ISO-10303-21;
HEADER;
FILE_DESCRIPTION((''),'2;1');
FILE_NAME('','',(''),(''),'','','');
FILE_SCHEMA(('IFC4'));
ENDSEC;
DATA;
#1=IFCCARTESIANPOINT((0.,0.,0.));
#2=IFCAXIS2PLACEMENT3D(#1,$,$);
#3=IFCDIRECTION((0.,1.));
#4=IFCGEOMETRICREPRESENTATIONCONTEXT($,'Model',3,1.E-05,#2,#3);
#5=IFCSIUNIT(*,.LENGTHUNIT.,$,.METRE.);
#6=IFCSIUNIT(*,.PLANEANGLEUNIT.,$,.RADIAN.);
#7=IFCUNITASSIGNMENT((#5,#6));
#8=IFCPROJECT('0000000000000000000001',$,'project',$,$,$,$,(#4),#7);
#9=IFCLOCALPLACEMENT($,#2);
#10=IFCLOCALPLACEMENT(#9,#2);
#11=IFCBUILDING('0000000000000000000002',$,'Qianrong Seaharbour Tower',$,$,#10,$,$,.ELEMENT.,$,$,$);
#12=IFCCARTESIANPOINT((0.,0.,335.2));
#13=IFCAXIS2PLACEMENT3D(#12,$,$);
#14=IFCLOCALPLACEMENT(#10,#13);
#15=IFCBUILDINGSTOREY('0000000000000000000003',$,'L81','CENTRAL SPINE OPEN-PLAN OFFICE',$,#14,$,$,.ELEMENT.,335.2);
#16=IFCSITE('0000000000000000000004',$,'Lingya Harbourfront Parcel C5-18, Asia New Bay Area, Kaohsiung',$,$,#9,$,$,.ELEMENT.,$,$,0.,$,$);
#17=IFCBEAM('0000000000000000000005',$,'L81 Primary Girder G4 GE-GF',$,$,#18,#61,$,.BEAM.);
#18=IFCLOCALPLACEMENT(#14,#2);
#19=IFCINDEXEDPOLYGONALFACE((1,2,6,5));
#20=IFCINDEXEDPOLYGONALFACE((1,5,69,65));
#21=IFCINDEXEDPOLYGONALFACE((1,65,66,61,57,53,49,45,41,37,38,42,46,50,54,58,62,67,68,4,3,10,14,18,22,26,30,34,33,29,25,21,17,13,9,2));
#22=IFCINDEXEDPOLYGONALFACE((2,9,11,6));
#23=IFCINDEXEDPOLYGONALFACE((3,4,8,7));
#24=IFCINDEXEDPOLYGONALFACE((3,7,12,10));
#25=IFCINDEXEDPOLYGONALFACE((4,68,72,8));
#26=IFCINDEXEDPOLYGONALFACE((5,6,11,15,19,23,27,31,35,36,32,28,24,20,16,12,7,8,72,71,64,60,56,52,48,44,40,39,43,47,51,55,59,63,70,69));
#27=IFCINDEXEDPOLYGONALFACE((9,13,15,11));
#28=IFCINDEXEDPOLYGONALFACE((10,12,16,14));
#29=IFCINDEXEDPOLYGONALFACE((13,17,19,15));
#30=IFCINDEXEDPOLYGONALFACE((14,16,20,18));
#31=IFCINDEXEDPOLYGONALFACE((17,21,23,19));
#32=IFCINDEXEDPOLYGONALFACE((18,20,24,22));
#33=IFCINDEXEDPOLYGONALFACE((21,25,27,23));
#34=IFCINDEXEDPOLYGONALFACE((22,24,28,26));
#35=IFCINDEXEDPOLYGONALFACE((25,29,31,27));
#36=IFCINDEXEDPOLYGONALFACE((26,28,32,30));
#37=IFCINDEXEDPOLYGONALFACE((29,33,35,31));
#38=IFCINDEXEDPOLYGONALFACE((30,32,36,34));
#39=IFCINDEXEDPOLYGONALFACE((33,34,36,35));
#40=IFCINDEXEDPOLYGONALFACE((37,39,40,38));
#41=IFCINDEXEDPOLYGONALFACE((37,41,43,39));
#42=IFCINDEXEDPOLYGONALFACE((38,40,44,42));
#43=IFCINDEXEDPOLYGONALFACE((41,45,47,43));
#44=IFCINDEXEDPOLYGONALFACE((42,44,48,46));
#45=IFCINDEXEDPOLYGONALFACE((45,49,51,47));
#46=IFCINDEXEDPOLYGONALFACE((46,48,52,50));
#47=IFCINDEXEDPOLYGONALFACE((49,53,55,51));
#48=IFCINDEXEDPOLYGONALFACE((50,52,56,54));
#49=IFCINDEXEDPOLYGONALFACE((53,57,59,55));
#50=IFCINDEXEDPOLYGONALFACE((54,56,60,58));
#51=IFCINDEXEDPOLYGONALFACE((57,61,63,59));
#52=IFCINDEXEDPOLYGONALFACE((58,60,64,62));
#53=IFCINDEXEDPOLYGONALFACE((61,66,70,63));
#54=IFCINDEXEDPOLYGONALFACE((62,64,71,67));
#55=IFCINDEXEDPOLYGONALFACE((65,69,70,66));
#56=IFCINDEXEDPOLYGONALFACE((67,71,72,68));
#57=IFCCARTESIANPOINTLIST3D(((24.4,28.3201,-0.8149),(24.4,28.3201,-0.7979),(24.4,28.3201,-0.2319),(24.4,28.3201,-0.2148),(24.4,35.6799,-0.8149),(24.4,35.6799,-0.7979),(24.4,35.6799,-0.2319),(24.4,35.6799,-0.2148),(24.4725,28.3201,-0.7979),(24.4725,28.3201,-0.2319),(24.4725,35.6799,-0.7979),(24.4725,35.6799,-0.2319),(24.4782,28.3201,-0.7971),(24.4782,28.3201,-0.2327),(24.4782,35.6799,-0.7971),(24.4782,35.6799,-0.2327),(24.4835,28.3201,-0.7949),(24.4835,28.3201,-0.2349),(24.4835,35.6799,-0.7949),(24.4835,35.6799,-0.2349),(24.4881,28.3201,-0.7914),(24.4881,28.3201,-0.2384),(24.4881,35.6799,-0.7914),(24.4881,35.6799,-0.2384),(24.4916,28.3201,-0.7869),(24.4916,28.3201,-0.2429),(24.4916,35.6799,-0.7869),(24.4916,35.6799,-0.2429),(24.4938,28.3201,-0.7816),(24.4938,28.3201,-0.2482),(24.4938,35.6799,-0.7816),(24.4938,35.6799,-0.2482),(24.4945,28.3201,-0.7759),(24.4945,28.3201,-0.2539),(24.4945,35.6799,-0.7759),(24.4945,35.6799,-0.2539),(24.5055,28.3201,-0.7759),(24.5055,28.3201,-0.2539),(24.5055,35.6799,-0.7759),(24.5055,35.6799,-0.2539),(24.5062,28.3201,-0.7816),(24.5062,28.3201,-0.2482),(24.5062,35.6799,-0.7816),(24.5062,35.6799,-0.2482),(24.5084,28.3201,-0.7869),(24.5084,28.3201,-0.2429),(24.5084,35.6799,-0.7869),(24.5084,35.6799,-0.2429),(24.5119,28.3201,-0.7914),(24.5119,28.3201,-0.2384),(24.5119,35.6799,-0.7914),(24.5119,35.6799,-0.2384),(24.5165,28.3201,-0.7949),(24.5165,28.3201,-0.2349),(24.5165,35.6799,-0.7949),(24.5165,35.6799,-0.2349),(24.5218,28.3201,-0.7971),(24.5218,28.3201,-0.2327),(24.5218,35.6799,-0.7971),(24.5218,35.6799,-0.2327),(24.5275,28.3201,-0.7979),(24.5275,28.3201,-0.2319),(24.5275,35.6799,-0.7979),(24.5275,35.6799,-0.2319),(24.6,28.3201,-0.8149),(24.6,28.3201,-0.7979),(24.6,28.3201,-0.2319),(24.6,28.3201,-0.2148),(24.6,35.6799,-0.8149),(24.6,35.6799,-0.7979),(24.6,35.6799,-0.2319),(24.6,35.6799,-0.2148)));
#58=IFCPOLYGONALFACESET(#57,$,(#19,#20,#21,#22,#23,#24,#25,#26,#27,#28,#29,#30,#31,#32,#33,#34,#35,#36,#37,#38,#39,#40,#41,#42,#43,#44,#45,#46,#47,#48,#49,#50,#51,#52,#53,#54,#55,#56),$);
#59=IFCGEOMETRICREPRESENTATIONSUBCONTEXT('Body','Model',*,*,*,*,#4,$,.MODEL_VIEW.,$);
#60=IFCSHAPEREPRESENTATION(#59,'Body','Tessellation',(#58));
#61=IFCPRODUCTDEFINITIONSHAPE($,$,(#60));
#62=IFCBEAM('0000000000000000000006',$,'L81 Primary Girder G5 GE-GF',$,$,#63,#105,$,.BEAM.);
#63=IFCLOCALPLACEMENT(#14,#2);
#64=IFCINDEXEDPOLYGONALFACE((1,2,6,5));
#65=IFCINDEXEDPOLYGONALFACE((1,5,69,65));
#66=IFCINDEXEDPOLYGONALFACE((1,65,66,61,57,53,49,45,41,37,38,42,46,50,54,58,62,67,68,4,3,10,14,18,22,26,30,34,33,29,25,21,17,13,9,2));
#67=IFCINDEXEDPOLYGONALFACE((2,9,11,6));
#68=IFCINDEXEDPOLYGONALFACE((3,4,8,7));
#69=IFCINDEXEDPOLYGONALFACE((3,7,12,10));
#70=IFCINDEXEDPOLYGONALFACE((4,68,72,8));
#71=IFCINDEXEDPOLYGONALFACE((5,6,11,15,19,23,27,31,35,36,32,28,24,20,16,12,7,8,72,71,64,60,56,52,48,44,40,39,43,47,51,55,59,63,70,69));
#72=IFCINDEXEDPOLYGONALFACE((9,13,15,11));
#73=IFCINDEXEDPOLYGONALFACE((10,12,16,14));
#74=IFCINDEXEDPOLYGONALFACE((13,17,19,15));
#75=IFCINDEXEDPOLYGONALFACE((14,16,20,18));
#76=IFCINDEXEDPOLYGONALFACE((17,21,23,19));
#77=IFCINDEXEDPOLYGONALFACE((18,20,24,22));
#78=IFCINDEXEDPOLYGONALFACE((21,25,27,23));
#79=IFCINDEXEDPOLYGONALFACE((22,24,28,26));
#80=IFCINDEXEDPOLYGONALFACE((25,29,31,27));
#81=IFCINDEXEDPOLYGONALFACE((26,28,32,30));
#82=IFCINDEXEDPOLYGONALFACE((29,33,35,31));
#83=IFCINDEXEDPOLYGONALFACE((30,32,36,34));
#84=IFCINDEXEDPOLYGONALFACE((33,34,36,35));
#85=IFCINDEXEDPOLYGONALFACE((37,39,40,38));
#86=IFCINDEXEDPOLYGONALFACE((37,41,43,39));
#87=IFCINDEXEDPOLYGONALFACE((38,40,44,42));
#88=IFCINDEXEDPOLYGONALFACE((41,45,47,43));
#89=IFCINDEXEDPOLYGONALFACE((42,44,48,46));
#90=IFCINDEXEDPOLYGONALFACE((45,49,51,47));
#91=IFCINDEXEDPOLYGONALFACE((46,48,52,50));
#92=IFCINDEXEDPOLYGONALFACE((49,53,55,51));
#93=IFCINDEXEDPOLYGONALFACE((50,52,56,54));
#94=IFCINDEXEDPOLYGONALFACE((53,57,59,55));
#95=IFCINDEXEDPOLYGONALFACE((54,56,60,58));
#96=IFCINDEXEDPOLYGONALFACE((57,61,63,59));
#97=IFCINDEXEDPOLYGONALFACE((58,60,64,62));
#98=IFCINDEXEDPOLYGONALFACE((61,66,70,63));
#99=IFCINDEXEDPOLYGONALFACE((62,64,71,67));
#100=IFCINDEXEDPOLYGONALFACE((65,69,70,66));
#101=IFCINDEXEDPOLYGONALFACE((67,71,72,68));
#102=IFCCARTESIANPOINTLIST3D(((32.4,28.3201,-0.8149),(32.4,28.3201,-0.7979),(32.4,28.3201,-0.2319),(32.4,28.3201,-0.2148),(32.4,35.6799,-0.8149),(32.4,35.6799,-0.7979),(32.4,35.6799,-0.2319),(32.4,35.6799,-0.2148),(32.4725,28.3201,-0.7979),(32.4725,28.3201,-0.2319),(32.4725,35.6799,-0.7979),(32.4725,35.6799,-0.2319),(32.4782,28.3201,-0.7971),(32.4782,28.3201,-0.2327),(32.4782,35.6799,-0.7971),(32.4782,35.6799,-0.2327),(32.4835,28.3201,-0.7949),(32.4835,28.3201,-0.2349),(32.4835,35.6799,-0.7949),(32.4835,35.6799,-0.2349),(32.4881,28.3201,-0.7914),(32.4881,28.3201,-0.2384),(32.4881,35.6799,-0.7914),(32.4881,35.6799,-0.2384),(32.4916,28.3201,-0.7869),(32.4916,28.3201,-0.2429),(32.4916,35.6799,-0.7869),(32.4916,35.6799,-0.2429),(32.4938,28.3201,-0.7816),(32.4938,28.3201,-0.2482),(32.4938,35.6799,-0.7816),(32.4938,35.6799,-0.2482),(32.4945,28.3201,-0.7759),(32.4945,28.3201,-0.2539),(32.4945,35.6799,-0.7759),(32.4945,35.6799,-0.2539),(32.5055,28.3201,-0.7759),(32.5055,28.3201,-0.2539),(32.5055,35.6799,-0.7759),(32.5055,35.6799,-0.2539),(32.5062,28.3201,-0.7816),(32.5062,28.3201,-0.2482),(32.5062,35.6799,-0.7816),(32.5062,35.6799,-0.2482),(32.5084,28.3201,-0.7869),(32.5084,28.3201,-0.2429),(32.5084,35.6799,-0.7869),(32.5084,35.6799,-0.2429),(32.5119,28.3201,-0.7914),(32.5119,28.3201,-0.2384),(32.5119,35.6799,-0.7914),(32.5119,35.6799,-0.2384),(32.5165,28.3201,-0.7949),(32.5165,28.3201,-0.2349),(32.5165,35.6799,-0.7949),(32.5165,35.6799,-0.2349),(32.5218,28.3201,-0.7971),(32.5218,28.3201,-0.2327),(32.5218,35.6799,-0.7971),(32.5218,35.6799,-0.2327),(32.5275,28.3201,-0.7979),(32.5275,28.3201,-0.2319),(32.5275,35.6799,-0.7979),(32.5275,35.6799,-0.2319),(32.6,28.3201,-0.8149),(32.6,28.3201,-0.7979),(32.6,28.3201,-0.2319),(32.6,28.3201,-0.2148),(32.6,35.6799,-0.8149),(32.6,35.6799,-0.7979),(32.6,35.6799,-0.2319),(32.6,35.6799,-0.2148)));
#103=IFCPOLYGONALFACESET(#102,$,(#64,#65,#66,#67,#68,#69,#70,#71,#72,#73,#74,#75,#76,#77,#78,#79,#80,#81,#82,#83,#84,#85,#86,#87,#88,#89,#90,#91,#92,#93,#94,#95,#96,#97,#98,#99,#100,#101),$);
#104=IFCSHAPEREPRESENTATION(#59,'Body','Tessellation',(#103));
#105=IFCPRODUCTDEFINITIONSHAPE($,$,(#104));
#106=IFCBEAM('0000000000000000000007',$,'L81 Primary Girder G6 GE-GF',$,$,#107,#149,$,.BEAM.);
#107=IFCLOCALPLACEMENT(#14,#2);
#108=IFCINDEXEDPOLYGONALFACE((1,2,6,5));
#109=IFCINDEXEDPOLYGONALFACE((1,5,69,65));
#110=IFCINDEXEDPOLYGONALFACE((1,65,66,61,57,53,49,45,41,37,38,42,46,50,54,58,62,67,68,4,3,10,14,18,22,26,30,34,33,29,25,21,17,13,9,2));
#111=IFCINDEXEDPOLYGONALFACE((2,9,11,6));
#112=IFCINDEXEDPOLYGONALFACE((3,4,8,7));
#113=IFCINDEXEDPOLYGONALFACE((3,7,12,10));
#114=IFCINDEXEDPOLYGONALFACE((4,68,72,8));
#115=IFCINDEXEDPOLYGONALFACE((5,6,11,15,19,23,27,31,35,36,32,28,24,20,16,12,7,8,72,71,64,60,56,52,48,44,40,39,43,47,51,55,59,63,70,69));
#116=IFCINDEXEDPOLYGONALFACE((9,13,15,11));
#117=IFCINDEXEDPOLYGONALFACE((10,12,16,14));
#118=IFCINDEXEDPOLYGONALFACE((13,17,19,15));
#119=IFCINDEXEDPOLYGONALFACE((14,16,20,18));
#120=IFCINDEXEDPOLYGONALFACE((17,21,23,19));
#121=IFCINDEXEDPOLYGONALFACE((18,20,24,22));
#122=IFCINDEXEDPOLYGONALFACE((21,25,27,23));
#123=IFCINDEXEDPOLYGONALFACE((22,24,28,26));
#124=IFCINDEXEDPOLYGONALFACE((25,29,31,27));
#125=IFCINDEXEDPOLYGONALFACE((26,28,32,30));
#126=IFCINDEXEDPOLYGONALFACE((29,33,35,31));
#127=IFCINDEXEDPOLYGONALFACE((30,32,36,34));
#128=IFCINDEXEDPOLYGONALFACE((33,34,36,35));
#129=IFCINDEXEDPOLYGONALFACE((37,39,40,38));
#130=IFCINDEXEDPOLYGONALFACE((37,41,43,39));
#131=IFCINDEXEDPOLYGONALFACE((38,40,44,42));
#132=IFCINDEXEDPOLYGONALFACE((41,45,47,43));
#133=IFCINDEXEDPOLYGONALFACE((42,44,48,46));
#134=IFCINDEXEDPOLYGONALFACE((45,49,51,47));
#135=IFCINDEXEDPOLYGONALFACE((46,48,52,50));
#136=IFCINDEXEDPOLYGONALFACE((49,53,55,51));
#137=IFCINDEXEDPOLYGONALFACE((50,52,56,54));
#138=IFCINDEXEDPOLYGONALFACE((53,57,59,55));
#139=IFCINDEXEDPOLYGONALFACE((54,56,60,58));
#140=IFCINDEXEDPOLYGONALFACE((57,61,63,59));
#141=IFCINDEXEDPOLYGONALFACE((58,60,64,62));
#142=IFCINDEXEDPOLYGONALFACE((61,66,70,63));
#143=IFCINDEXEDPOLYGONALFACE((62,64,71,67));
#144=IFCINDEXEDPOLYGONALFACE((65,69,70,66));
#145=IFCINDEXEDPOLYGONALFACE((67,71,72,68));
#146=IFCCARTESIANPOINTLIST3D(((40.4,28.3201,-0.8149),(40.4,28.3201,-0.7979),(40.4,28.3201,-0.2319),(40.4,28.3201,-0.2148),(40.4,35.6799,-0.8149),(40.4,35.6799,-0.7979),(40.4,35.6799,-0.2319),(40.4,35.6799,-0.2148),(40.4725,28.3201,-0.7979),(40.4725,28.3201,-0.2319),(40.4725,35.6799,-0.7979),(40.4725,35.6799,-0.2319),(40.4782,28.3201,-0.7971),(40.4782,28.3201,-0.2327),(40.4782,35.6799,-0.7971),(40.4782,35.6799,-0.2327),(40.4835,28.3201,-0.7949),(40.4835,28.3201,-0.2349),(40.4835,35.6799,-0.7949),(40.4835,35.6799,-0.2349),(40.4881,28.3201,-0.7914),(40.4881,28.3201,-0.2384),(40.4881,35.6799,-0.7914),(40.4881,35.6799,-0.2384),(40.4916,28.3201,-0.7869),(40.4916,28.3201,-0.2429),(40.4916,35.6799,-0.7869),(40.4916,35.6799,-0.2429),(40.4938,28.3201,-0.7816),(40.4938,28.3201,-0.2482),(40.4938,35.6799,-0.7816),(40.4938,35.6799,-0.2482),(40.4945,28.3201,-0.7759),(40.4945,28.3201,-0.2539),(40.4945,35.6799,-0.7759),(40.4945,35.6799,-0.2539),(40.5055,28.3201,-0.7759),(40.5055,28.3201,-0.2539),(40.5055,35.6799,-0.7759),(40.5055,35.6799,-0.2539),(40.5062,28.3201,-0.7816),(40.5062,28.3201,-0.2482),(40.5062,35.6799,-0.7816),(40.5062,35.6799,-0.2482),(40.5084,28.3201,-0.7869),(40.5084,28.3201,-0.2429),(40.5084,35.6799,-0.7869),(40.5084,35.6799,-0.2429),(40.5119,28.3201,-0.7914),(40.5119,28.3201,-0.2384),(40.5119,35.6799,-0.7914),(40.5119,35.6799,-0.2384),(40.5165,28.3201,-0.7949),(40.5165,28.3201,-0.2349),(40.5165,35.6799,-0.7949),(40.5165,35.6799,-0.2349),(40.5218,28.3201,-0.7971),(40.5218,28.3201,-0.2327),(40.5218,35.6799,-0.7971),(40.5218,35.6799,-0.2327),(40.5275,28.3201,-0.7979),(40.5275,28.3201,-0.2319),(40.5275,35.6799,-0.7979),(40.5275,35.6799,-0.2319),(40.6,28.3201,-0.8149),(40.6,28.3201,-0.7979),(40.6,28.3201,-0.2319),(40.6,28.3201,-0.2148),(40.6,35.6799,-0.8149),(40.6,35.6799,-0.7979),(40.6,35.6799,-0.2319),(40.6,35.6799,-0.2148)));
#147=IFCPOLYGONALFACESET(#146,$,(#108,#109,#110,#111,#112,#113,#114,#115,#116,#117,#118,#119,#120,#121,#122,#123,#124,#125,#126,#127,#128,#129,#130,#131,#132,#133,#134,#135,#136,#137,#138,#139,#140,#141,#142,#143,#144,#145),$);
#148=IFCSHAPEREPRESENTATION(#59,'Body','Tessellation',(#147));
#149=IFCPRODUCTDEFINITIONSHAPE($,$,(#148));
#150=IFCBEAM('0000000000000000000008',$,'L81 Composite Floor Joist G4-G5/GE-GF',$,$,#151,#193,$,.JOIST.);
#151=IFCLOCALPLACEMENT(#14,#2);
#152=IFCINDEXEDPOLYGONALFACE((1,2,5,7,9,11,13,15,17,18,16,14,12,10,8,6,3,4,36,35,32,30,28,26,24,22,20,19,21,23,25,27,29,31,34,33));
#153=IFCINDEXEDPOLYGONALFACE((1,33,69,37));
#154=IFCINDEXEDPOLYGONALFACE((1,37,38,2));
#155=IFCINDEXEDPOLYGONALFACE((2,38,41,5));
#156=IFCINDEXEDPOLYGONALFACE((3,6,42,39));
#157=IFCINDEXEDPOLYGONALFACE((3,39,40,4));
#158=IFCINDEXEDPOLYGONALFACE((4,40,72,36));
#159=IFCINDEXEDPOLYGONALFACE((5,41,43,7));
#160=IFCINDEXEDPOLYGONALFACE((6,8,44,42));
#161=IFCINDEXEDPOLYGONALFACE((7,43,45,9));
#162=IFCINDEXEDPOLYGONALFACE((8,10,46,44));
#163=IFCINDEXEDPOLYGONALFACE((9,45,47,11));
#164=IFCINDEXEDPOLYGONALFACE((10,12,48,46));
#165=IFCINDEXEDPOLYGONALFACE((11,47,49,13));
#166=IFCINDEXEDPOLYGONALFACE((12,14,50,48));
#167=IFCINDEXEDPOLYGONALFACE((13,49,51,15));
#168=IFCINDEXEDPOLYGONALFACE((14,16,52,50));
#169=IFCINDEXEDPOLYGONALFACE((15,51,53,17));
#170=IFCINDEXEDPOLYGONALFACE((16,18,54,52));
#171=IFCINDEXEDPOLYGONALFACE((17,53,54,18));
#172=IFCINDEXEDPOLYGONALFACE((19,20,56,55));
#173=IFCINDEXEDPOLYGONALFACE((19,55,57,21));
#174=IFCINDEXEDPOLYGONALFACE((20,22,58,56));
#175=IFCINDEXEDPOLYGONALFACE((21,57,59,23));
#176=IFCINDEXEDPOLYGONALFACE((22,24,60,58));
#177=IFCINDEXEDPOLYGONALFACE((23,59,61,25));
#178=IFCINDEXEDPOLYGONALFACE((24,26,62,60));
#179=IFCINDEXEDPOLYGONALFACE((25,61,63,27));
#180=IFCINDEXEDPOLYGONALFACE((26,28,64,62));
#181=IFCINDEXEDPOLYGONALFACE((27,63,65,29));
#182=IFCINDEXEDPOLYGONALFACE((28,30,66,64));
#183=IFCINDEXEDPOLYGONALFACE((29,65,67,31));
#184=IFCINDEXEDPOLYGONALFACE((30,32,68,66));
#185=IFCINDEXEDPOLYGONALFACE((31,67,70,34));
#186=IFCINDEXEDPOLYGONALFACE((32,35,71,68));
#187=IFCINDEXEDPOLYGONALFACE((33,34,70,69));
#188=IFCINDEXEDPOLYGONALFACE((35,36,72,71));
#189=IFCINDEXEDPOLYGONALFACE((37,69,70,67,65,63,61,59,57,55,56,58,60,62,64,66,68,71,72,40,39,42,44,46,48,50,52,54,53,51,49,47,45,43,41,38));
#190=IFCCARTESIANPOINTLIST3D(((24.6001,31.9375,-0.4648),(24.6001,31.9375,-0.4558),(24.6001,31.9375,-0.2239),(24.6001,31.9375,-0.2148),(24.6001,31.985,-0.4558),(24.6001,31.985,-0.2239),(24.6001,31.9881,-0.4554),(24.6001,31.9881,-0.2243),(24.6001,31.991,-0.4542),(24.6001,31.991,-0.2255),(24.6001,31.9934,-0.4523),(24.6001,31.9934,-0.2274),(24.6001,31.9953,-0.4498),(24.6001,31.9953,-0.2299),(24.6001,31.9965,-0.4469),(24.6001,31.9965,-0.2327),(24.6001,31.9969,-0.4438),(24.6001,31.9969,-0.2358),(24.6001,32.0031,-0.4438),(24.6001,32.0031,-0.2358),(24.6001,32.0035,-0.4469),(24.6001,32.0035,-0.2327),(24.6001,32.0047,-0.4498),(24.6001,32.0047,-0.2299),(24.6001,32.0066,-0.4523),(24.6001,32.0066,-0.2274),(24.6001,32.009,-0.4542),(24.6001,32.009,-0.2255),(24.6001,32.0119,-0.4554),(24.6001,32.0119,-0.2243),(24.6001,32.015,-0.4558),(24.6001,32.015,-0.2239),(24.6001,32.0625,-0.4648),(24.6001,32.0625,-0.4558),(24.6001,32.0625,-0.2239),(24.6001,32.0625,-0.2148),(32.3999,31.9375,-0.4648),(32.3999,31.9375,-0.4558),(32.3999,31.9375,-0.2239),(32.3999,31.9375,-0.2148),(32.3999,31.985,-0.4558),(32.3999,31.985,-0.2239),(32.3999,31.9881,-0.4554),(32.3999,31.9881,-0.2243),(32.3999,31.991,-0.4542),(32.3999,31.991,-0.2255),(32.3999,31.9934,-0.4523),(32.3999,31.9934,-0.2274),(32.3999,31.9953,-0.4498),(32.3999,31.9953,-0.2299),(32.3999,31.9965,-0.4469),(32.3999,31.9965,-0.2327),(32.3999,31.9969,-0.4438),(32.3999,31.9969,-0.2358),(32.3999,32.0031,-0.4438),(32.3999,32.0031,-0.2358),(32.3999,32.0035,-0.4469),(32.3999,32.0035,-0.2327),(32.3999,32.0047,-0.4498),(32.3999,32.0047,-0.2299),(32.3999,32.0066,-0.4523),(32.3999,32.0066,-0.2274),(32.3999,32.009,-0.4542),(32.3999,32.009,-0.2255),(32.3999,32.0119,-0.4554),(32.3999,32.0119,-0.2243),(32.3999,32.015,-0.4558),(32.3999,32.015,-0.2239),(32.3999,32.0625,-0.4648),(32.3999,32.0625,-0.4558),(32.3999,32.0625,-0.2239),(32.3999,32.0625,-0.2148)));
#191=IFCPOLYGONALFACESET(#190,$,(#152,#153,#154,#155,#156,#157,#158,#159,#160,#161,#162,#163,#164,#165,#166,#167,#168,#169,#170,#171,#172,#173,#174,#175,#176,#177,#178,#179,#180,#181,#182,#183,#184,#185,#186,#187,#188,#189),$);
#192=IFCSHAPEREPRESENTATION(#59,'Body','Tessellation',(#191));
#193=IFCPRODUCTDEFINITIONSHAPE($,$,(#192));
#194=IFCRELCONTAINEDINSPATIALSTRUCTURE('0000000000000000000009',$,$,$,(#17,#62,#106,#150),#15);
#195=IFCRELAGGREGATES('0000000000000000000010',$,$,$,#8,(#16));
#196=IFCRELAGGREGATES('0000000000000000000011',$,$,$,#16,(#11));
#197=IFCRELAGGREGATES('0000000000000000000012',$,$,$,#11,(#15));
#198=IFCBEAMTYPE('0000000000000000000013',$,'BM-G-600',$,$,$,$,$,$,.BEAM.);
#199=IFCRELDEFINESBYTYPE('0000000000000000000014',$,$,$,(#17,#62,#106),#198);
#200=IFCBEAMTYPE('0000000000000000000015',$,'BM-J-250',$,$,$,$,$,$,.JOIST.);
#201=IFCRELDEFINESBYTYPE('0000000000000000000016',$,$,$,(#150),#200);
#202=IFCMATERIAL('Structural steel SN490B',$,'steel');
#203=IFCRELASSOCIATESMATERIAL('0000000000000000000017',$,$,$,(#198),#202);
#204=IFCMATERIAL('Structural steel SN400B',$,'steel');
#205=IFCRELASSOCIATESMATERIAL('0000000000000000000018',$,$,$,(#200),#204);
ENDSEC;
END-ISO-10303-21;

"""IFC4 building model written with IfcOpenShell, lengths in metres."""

from ifc_helpers import new_model, si_unit, direction, frame, origin, origin_2d, place, context, subcontext, project, spatial, i_section, extrude, material, material_profile, profile_set, type_object, element, save


model = new_model("IFC4")

# Units and contexts
model_context = context("Model", 3, precision=1e-05, world=origin(), true_north=direction((0.0, 1.0)))
body_context = subcontext(model_context, "Body", "Model", "MODEL_VIEW")
ifc_project = project(units=[si_unit("LENGTHUNIT", "METRE"), si_unit("PLANEANGLEUNIT", "RADIAN")], contexts=[model_context])

# Site, building, storey
site_placement = place(None, origin())
site = spatial("IfcSite", under=ifc_project, at=site_placement, Name="Lingya Harbourfront Parcel C5-18, Asia New Bay Area, Kaohsiung", CompositionType="ELEMENT", RefElevation=0.0)
building_placement = place(site_placement, origin())
building = spatial("IfcBuilding", under=site, at=building_placement, Name="Qianrong Seaharbour Tower", CompositionType="ELEMENT")
storey_placement = place(building_placement, frame((0.0, 0.0, 335.2)))
storey = spatial("IfcBuildingStorey", under=building, at=storey_placement, Name="L81", Description="CENTRAL SPINE OPEN-PLAN OFFICE", CompositionType="ELEMENT", Elevation=335.2)

# Shared definitions
ifc_material_1 = material(Name="Structural steel SN490B", Category="steel")

# Beams
ifc_material_profile_1 = material_profile(ifc_material_1, i_section(OverallWidth=0.2, OverallDepth=0.6001, WebThickness=0.011, FlangeThickness=0.0171, FilletRadius=0.022, at=origin_2d()), Name="H600x200x11x17")
ifc_profile_set_1 = profile_set([ifc_material_profile_1], Name="Structural steel SN490B")
beam_type_1 = type_object("IfcBeamType", Name="BM-G-600", PredefinedType="BEAM", material=ifc_profile_set_1)
for number, where, z_axis, x_axis, name in (
    (1, (24.5, 28.3201, -0.5149), (0.0, 1.0, 0.0), (-1.0, 0.0, 0.0), "L81 Primary Girder G4 GE-GF"),
    (2, (32.5, 28.3201, -0.5149), (0.0, 1.0, 0.0), (-1.0, 0.0, 0.0), "L81 Primary Girder G5 GE-GF"),
    (3, (40.5, 28.3201, -0.5149), (0.0, 1.0, 0.0), (-1.0, 0.0, 0.0), "L81 Primary Girder G6 GE-GF"),
):
    element("IfcBeam", number, at=place(storey_placement, frame(where, z_axis=z_axis, x_axis=x_axis)), inside=storey, type_object=beam_type_1, Name=name, PredefinedType="BEAM", context=body_context, shape_type="SweptSolid", body=[
        extrude(i_section(OverallWidth=0.2, OverallDepth=0.6001, WebThickness=0.011, FlangeThickness=0.0171, FilletRadius=0.022, at=origin_2d()), origin(), (0.0, 0.0, 1.0), 7.3599),
    ])
ifc_material_2 = material(Name="Structural steel SN400B", Category="steel")
ifc_material_profile_2 = material_profile(ifc_material_2, i_section(OverallWidth=0.125, OverallDepth=0.25, WebThickness=0.0061, FlangeThickness=0.009, FilletRadius=0.012, at=origin_2d()), Name="H250x125x6x9")
ifc_profile_set_2 = profile_set([ifc_material_profile_2], Name="Structural steel SN400B")
beam_type_2 = type_object("IfcBeamType", Name="BM-J-250", PredefinedType="JOIST", material=ifc_profile_set_2)
for number, where, z_axis, x_axis, name in (
    (4, (24.6001, 32.0, -0.3398), (1.0, 0.0, 0.0), (0.0, 1.0, 0.0), "L81 Composite Floor Joist G4-G5/GE-GF"),
):
    element("IfcBeam", number, at=place(storey_placement, frame(where, z_axis=z_axis, x_axis=x_axis)), inside=storey, type_object=beam_type_2, Name=name, PredefinedType="JOIST", context=body_context, shape_type="SweptSolid", body=[
        extrude(i_section(OverallWidth=0.125, OverallDepth=0.25, WebThickness=0.0061, FlangeThickness=0.009, FilletRadius=0.012, at=origin_2d()), origin(), (0.0, 0.0, 1.0), 7.7998),
    ])

save(model, "model.ifc")
